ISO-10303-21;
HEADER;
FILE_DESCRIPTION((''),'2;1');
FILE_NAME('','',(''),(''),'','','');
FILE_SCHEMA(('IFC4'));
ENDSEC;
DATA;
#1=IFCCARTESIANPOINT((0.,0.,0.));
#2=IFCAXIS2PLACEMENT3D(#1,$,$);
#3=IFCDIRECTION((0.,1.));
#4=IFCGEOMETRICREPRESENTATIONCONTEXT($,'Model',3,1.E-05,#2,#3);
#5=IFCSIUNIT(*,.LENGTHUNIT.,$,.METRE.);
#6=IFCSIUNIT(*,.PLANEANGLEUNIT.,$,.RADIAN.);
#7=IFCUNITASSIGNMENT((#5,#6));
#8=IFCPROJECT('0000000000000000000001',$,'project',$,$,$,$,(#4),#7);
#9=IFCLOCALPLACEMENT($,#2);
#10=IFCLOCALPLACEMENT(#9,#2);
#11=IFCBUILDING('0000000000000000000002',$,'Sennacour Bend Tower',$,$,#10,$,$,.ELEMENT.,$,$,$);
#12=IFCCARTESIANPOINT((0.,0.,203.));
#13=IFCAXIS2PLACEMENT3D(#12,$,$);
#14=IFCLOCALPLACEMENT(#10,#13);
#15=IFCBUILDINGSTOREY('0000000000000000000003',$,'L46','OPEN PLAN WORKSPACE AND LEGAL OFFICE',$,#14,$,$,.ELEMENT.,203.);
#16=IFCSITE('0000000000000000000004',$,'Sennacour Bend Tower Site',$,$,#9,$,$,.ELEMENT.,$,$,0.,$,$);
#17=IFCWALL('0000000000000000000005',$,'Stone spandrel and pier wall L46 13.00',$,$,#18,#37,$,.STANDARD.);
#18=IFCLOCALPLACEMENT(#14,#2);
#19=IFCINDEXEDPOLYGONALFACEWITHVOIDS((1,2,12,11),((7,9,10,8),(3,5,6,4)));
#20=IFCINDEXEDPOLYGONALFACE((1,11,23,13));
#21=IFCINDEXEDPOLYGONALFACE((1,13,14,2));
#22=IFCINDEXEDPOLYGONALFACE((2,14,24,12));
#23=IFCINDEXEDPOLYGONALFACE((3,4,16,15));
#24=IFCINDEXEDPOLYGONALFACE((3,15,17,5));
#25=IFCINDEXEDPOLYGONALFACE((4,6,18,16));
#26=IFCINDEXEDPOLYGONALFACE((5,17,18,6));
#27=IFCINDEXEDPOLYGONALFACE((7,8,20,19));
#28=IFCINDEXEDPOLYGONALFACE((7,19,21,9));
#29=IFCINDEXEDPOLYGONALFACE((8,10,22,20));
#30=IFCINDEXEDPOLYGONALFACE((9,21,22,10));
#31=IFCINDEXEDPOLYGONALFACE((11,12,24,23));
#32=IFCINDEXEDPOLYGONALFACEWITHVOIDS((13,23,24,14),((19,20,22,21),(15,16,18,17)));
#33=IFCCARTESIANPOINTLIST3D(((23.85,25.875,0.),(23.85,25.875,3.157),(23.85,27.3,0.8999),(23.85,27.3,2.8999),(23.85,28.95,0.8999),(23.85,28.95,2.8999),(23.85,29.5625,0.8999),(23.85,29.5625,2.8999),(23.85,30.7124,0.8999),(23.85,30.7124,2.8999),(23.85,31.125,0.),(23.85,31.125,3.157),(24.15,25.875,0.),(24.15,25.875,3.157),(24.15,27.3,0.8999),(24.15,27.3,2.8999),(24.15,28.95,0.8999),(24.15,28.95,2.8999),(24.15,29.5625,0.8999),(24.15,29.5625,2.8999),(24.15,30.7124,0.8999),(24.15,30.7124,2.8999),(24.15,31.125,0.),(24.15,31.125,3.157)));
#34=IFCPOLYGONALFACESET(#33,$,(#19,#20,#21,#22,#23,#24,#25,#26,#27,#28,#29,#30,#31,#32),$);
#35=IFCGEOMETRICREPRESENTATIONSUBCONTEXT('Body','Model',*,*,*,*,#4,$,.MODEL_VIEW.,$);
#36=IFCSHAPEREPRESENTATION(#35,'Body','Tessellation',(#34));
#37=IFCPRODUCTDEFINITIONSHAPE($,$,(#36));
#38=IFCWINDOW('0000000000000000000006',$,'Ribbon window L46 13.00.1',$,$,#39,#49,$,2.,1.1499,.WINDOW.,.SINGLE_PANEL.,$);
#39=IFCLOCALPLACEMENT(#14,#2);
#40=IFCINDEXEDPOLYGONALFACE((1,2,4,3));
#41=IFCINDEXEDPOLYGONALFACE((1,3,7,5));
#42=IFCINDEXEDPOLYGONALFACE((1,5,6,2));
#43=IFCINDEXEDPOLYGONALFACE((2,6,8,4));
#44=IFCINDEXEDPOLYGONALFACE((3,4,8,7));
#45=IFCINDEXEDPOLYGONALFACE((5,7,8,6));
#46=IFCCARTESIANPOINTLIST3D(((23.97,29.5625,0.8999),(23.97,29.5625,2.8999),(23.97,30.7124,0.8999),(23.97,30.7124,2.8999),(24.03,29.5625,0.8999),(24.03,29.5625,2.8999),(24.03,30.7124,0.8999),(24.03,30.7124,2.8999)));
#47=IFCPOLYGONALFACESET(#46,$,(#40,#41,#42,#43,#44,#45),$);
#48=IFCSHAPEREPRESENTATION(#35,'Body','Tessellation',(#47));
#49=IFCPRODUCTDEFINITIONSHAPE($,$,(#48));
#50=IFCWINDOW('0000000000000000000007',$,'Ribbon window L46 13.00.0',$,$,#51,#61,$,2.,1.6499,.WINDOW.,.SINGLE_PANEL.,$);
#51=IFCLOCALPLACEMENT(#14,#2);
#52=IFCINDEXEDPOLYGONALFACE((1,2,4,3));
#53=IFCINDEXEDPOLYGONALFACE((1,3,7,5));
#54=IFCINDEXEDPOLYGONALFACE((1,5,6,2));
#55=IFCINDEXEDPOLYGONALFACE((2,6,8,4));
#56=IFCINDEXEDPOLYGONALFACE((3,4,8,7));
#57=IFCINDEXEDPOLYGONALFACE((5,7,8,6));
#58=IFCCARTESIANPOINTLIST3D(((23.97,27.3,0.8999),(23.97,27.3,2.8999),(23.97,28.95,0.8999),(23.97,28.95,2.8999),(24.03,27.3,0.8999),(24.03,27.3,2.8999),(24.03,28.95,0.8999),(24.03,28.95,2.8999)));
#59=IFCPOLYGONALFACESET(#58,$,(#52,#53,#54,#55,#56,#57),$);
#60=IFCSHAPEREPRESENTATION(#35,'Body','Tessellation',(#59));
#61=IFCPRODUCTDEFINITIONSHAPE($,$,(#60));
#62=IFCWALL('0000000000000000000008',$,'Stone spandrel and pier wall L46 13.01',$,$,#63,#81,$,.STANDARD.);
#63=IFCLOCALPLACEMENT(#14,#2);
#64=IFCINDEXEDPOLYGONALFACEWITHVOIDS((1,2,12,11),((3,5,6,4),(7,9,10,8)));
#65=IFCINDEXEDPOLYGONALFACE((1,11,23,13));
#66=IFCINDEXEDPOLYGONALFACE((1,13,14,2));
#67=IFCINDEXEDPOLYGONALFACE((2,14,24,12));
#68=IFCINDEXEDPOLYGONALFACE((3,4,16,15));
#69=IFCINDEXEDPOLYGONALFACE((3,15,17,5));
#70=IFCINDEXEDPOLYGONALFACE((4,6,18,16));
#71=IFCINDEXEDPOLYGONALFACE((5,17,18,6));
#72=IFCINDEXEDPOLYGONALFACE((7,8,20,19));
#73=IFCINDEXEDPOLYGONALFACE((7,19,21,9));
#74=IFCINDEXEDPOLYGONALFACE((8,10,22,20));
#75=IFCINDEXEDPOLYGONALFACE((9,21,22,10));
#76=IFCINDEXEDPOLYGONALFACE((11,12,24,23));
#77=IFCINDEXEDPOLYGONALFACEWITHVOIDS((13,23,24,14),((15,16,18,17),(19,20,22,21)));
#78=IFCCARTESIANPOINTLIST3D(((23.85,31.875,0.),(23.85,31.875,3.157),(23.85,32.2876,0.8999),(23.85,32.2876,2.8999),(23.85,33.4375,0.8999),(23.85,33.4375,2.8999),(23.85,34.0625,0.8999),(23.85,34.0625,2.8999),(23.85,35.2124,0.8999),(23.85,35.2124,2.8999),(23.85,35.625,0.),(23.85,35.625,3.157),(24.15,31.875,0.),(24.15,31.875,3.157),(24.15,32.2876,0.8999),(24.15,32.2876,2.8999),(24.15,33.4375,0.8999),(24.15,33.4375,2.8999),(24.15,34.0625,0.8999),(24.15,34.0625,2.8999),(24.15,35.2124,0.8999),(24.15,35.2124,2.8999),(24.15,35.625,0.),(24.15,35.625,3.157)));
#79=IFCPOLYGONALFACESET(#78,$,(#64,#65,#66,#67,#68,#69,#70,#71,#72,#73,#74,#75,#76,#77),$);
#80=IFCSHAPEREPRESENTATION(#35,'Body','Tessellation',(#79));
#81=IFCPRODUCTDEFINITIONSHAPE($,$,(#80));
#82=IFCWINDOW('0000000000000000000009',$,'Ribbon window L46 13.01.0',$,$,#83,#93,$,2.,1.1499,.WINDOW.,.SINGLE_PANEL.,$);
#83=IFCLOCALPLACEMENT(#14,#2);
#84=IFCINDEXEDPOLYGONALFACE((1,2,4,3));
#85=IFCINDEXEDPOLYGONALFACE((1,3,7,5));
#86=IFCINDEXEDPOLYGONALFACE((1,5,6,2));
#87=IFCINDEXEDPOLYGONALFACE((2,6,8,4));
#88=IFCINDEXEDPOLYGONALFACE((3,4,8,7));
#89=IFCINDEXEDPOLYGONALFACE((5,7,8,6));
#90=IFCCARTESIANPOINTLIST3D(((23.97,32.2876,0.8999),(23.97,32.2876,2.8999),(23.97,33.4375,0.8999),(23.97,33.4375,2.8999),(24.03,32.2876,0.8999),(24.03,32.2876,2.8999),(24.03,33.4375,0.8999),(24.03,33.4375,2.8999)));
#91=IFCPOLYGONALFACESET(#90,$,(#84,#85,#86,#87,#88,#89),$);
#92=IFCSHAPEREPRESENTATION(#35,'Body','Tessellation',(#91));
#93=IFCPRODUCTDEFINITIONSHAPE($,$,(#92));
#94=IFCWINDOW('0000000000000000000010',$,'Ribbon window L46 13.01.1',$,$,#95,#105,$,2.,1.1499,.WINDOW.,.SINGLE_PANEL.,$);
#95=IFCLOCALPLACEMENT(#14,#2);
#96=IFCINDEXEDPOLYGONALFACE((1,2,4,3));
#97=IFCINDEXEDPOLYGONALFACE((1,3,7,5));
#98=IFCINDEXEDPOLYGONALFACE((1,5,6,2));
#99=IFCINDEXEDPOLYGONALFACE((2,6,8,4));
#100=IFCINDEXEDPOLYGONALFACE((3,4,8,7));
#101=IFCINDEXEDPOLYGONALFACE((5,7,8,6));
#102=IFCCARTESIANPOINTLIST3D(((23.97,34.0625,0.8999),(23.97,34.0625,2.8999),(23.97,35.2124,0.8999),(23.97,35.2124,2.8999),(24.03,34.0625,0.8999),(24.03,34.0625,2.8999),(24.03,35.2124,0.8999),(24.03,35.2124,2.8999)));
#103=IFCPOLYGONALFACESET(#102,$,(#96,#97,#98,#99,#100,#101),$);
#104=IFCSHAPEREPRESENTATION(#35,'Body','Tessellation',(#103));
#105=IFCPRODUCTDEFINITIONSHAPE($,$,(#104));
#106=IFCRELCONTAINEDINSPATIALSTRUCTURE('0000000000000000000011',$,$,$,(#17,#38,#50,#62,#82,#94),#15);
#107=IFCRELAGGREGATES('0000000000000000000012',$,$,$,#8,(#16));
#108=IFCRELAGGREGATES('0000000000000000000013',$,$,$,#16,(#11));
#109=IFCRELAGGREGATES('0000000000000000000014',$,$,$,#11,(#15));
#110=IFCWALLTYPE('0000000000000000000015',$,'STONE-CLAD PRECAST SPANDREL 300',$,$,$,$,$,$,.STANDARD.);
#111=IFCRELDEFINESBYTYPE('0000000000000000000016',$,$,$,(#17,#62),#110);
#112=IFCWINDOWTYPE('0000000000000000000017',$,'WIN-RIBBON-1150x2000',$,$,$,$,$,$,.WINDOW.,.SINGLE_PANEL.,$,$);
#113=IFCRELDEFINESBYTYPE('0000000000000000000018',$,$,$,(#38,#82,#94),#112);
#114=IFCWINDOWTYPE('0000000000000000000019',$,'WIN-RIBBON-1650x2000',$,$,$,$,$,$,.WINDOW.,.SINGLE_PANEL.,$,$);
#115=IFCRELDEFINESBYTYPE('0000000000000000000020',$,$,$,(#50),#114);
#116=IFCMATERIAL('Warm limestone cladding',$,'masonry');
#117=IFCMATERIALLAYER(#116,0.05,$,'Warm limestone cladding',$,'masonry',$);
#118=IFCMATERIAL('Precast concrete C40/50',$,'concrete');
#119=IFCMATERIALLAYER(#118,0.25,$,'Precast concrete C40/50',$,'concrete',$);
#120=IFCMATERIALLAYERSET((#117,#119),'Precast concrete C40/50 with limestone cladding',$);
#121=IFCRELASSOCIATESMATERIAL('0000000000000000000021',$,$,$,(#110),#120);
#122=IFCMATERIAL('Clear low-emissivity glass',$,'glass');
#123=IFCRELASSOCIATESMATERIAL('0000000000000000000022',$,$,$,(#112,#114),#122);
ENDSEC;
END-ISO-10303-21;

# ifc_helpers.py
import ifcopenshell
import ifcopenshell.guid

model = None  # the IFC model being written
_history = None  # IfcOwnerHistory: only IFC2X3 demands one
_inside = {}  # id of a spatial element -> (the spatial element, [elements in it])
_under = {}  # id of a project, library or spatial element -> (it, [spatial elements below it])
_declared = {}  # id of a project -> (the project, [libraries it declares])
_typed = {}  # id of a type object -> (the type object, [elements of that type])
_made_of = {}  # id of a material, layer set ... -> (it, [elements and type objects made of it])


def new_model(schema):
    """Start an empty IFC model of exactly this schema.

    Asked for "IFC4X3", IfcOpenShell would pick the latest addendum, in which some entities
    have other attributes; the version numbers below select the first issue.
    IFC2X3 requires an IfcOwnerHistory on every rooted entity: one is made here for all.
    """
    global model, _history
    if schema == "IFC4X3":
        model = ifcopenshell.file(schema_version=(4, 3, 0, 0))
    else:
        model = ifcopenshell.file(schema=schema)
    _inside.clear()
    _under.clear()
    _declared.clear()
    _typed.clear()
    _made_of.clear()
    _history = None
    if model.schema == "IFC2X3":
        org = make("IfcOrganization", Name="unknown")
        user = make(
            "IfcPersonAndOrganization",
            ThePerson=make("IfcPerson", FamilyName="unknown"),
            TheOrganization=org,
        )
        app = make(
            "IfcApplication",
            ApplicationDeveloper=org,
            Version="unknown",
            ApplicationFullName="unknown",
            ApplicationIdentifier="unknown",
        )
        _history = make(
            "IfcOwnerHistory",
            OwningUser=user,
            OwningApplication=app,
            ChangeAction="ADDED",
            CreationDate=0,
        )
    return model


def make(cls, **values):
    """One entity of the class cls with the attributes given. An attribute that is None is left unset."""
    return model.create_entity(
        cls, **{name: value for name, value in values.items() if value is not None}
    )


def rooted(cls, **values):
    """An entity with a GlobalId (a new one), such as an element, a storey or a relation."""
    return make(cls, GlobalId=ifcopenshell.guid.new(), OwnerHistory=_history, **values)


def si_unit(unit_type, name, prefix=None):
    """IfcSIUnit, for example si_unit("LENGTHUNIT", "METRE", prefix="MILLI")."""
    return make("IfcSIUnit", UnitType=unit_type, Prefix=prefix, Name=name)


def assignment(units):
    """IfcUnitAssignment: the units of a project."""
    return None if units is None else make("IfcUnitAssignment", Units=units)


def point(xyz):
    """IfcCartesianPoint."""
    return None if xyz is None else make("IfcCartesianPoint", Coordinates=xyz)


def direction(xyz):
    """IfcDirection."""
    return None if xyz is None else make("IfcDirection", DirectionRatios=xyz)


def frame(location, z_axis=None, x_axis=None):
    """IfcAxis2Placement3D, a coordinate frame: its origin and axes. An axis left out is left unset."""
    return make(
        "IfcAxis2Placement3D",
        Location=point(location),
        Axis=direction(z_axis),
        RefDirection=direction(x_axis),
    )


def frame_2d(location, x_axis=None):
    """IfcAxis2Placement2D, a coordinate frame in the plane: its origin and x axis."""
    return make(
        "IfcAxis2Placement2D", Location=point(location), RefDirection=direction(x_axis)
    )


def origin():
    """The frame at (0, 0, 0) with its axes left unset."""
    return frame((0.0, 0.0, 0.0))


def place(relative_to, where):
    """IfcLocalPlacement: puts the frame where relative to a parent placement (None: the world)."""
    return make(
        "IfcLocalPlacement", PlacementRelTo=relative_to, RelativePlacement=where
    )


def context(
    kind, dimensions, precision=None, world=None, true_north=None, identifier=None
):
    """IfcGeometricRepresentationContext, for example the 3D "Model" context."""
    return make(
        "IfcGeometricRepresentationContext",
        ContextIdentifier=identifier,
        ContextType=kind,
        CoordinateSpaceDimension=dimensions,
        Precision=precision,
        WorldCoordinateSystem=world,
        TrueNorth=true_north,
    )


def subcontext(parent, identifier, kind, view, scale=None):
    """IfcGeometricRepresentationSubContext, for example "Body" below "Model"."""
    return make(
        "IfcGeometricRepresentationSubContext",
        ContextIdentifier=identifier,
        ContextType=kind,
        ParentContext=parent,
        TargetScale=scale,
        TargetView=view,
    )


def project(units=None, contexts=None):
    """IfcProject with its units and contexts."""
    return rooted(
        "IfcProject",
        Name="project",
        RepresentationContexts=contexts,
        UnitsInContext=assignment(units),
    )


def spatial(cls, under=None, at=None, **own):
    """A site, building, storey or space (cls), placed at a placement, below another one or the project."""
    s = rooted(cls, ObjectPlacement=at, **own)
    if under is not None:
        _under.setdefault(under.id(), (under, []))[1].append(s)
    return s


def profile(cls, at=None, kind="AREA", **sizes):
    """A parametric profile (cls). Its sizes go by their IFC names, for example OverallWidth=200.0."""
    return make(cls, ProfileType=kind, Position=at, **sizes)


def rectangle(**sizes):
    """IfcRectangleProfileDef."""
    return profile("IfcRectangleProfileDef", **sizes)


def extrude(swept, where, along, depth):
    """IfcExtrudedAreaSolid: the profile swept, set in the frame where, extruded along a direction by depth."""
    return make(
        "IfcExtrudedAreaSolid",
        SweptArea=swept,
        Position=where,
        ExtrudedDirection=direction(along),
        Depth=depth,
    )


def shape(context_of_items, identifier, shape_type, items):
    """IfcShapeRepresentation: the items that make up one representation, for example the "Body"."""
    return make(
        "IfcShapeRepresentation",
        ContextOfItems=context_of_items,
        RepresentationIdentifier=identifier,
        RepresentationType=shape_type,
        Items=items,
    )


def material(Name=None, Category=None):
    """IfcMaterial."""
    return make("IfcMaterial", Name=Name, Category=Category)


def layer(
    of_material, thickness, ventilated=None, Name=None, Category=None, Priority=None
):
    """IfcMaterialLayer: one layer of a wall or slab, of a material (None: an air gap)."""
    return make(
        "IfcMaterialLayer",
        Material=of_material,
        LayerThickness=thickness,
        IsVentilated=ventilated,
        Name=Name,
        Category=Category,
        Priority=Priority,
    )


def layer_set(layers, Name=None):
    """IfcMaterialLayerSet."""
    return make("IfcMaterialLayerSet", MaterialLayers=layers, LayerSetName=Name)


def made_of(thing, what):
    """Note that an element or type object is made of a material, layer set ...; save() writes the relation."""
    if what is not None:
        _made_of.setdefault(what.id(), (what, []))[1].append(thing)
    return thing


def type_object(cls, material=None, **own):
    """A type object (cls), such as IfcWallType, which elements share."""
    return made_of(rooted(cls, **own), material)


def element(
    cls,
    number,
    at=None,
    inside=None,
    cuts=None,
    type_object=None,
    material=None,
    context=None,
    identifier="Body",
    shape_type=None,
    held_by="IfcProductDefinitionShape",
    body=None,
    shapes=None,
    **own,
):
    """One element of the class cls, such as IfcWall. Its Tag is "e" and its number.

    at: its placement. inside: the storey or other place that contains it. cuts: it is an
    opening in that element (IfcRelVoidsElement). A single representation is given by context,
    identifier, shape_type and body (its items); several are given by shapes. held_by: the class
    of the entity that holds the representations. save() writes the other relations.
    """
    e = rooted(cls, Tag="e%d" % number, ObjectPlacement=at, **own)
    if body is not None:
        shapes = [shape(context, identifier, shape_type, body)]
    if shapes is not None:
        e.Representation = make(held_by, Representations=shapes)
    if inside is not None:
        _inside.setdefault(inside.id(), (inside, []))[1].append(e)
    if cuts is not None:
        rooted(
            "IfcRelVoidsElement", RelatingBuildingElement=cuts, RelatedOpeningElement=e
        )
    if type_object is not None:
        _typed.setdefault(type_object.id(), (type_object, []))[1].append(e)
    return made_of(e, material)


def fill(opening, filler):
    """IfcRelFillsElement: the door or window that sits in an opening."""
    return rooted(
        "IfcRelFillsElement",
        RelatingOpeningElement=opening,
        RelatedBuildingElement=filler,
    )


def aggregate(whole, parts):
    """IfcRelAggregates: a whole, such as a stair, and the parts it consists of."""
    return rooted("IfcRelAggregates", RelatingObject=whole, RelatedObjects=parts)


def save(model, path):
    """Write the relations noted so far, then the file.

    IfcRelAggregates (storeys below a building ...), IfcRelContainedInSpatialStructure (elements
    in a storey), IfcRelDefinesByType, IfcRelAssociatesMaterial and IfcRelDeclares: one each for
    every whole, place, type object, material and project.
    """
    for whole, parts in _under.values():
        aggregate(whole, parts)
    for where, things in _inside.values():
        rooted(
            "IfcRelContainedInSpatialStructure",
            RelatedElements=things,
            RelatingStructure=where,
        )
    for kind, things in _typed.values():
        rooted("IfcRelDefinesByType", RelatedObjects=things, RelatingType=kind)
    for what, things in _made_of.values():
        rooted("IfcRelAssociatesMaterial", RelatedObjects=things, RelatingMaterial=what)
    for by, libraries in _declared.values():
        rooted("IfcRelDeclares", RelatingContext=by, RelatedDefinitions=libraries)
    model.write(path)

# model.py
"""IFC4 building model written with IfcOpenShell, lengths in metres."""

from ifc_helpers import new_model, si_unit, direction, frame, frame_2d, origin, place, context, subcontext, project, spatial, rectangle, extrude, material, layer, layer_set, type_object, element, fill, save


model = new_model("IFC4")

# Units and contexts
model_context = context("Model", 3, precision=1e-05, world=origin(), true_north=direction((0.0, 1.0)))
body_context = subcontext(model_context, "Body", "Model", "MODEL_VIEW")
ifc_project = project(units=[si_unit("LENGTHUNIT", "METRE"), si_unit("PLANEANGLEUNIT", "RADIAN")], contexts=[model_context])

# Site, building, storey
site_placement = place(None, origin())
site = spatial("IfcSite", under=ifc_project, at=site_placement, Name="Sennacour Bend Tower Site", CompositionType="ELEMENT", RefElevation=0.0)
building_placement = place(site_placement, origin())
building = spatial("IfcBuilding", under=site, at=building_placement, Name="Sennacour Bend Tower", CompositionType="ELEMENT")
storey_placement = place(building_placement, frame((0.0, 0.0, 203.0)))
storey = spatial("IfcBuildingStorey", under=building, at=storey_placement, Name="L46", Description="OPEN PLAN WORKSPACE AND LEGAL OFFICE", CompositionType="ELEMENT", Elevation=203.0)

# Shared definitions
ifc_material_1 = material(Name="Warm limestone cladding", Category="masonry")
ifc_layer_1 = layer(ifc_material_1, 0.05, Name="Warm limestone cladding", Category="masonry")
ifc_material_2 = material(Name="Precast concrete C40/50", Category="concrete")
ifc_layer_2 = layer(ifc_material_2, 0.25, Name="Precast concrete C40/50", Category="concrete")
ifc_layer_set = layer_set([ifc_layer_1, ifc_layer_2], Name="Precast concrete C40/50 with limestone cladding")
wall_type = type_object("IfcWallType", Name="STONE-CLAD PRECAST SPANDREL 300", PredefinedType="STANDARD", material=ifc_layer_set)
ifc_material_3 = material(Name="Clear low-emissivity glass", Category="glass")

# Walls, openings, windows
wall_1_placement = place(storey_placement, frame((24.0, 25.875, 0.0), z_axis=(0.0, 0.0, 1.0), x_axis=(0.0, 1.0, 0.0)))
wall_1 = element("IfcWall", 1, at=wall_1_placement, inside=storey, type_object=wall_type, Name="Stone spandrel and pier wall L46 13.00", PredefinedType="STANDARD", context=body_context, shape_type="SweptSolid", body=[
    extrude(rectangle(XDim=5.25, YDim=0.3, at=frame_2d((2.625, 0.0))), origin(), (0.0, 0.0, 1.0), 3.157),
])
opening_1_placement = place(wall_1_placement, frame((1.425, 0.0, 0.8999)))
opening_1 = element("IfcOpeningElement", 2, at=opening_1_placement, cuts=wall_1, PredefinedType="OPENING", context=body_context, shape_type="SweptSolid", body=[
    extrude(rectangle(XDim=1.6499, YDim=2.0, at=frame_2d((0.825, 1.0))), frame((0.0, 0.1602, 0.0), z_axis=(0.0, -1.0, 0.0), x_axis=(1.0, 0.0, 0.0)), (0.0, 0.0, 1.0), 0.3201),
])
opening_2_placement = place(wall_1_placement, frame((3.6875, 0.0, 0.8999)))
opening_2 = element("IfcOpeningElement", 3, at=opening_2_placement, cuts=wall_1, PredefinedType="OPENING", context=body_context, shape_type="SweptSolid", body=[
    extrude(rectangle(XDim=1.1499, YDim=2.0, at=frame_2d((0.575, 1.0))), frame((0.0, 0.1602, 0.0), z_axis=(0.0, -1.0, 0.0), x_axis=(1.0, 0.0, 0.0)), (0.0, 0.0, 1.0), 0.3201),
])
window_type_1 = type_object("IfcWindowType", Name="WIN-RIBBON-1150x2000", PartitioningType="SINGLE_PANEL", PredefinedType="WINDOW", material=ifc_material_3)
window_1_placement = place(opening_2_placement, origin())
window_1 = element("IfcWindow", 4, at=window_1_placement, inside=storey, type_object=window_type_1, Name="Ribbon window L46 13.00.1", OverallHeight=2.0, OverallWidth=1.1499, PartitioningType="SINGLE_PANEL", PredefinedType="WINDOW", context=body_context, shape_type="SweptSolid", body=[
    extrude(rectangle(XDim=1.1499, YDim=2.0, at=frame_2d((0.575, 1.0))), frame((0.0, 0.03, 0.0), z_axis=(0.0, -1.0, 0.0), x_axis=(1.0, 0.0, 0.0)), (0.0, 0.0, 1.0), 0.0601),
])
fill(opening_2, window_1)
window_type_2 = type_object("IfcWindowType", Name="WIN-RIBBON-1650x2000", PartitioningType="SINGLE_PANEL", PredefinedType="WINDOW", material=ifc_material_3)
window_2_placement = place(opening_1_placement, origin())
window_2 = element("IfcWindow", 5, at=window_2_placement, inside=storey, type_object=window_type_2, Name="Ribbon window L46 13.00.0", OverallHeight=2.0, OverallWidth=1.6499, PartitioningType="SINGLE_PANEL", PredefinedType="WINDOW", context=body_context, shape_type="SweptSolid", body=[
    extrude(rectangle(XDim=1.6499, YDim=2.0, at=frame_2d((0.825, 1.0))), frame((0.0, 0.03, 0.0), z_axis=(0.0, -1.0, 0.0), x_axis=(1.0, 0.0, 0.0)), (0.0, 0.0, 1.0), 0.0601),
])
fill(opening_1, window_2)
wall_2_placement = place(storey_placement, frame((24.0, 31.875, 0.0), z_axis=(0.0, 0.0, 1.0), x_axis=(0.0, 1.0, 0.0)))
wall_2 = element("IfcWall", 6, at=wall_2_placement, inside=storey, type_object=wall_type, Name="Stone spandrel and pier wall L46 13.01", PredefinedType="STANDARD", context=body_context, shape_type="SweptSolid", body=[
    extrude(rectangle(XDim=3.75, YDim=0.3, at=frame_2d((1.875, 0.0))), origin(), (0.0, 0.0, 1.0), 3.157),
])
opening_3_placement = place(wall_2_placement, frame((0.4126, 0.0, 0.8999)))
opening_3 = element("IfcOpeningElement", 7, at=opening_3_placement, cuts=wall_2, PredefinedType="OPENING", context=body_context, shape_type="SweptSolid", body=[
    extrude(rectangle(XDim=1.1499, YDim=2.0, at=frame_2d((0.575, 1.0))), frame((0.0, 0.1602, 0.0), z_axis=(0.0, -1.0, 0.0), x_axis=(1.0, 0.0, 0.0)), (0.0, 0.0, 1.0), 0.3201),
])
opening_4_placement = place(wall_2_placement, frame((2.1875, 0.0, 0.8999)))
opening_4 = element("IfcOpeningElement", 8, at=opening_4_placement, cuts=wall_2, PredefinedType="OPENING", context=body_context, shape_type="SweptSolid", body=[
    extrude(rectangle(XDim=1.1499, YDim=2.0, at=frame_2d((0.575, 1.0))), frame((0.0, 0.1602, 0.0), z_axis=(0.0, -1.0, 0.0), x_axis=(1.0, 0.0, 0.0)), (0.0, 0.0, 1.0), 0.3201),
])
window_3_placement = place(opening_3_placement, origin())
window_3 = element("IfcWindow", 9, at=window_3_placement, inside=storey, type_object=window_type_1, Name="Ribbon window L46 13.01.0", OverallHeight=2.0, OverallWidth=1.1499, PartitioningType="SINGLE_PANEL", PredefinedType="WINDOW", context=body_context, shape_type="SweptSolid", body=[
    extrude(rectangle(XDim=1.1499, YDim=2.0, at=frame_2d((0.575, 1.0))), frame((0.0, 0.03, 0.0), z_axis=(0.0, -1.0, 0.0), x_axis=(1.0, 0.0, 0.0)), (0.0, 0.0, 1.0), 0.0601),
])
fill(opening_3, window_3)
window_4_placement = place(opening_4_placement, origin())
window_4 = element("IfcWindow", 10, at=window_4_placement, inside=storey, type_object=window_type_1, Name="Ribbon window L46 13.01.1", OverallHeight=2.0, OverallWidth=1.1499, PartitioningType="SINGLE_PANEL", PredefinedType="WINDOW", context=body_context, shape_type="SweptSolid", body=[
    extrude(rectangle(XDim=1.1499, YDim=2.0, at=frame_2d((0.575, 1.0))), frame((0.0, 0.03, 0.0), z_axis=(0.0, -1.0, 0.0), x_axis=(1.0, 0.0, 0.0)), (0.0, 0.0, 1.0), 0.0601),
])
fill(opening_4, window_4)

save(model, "model.ifc")
